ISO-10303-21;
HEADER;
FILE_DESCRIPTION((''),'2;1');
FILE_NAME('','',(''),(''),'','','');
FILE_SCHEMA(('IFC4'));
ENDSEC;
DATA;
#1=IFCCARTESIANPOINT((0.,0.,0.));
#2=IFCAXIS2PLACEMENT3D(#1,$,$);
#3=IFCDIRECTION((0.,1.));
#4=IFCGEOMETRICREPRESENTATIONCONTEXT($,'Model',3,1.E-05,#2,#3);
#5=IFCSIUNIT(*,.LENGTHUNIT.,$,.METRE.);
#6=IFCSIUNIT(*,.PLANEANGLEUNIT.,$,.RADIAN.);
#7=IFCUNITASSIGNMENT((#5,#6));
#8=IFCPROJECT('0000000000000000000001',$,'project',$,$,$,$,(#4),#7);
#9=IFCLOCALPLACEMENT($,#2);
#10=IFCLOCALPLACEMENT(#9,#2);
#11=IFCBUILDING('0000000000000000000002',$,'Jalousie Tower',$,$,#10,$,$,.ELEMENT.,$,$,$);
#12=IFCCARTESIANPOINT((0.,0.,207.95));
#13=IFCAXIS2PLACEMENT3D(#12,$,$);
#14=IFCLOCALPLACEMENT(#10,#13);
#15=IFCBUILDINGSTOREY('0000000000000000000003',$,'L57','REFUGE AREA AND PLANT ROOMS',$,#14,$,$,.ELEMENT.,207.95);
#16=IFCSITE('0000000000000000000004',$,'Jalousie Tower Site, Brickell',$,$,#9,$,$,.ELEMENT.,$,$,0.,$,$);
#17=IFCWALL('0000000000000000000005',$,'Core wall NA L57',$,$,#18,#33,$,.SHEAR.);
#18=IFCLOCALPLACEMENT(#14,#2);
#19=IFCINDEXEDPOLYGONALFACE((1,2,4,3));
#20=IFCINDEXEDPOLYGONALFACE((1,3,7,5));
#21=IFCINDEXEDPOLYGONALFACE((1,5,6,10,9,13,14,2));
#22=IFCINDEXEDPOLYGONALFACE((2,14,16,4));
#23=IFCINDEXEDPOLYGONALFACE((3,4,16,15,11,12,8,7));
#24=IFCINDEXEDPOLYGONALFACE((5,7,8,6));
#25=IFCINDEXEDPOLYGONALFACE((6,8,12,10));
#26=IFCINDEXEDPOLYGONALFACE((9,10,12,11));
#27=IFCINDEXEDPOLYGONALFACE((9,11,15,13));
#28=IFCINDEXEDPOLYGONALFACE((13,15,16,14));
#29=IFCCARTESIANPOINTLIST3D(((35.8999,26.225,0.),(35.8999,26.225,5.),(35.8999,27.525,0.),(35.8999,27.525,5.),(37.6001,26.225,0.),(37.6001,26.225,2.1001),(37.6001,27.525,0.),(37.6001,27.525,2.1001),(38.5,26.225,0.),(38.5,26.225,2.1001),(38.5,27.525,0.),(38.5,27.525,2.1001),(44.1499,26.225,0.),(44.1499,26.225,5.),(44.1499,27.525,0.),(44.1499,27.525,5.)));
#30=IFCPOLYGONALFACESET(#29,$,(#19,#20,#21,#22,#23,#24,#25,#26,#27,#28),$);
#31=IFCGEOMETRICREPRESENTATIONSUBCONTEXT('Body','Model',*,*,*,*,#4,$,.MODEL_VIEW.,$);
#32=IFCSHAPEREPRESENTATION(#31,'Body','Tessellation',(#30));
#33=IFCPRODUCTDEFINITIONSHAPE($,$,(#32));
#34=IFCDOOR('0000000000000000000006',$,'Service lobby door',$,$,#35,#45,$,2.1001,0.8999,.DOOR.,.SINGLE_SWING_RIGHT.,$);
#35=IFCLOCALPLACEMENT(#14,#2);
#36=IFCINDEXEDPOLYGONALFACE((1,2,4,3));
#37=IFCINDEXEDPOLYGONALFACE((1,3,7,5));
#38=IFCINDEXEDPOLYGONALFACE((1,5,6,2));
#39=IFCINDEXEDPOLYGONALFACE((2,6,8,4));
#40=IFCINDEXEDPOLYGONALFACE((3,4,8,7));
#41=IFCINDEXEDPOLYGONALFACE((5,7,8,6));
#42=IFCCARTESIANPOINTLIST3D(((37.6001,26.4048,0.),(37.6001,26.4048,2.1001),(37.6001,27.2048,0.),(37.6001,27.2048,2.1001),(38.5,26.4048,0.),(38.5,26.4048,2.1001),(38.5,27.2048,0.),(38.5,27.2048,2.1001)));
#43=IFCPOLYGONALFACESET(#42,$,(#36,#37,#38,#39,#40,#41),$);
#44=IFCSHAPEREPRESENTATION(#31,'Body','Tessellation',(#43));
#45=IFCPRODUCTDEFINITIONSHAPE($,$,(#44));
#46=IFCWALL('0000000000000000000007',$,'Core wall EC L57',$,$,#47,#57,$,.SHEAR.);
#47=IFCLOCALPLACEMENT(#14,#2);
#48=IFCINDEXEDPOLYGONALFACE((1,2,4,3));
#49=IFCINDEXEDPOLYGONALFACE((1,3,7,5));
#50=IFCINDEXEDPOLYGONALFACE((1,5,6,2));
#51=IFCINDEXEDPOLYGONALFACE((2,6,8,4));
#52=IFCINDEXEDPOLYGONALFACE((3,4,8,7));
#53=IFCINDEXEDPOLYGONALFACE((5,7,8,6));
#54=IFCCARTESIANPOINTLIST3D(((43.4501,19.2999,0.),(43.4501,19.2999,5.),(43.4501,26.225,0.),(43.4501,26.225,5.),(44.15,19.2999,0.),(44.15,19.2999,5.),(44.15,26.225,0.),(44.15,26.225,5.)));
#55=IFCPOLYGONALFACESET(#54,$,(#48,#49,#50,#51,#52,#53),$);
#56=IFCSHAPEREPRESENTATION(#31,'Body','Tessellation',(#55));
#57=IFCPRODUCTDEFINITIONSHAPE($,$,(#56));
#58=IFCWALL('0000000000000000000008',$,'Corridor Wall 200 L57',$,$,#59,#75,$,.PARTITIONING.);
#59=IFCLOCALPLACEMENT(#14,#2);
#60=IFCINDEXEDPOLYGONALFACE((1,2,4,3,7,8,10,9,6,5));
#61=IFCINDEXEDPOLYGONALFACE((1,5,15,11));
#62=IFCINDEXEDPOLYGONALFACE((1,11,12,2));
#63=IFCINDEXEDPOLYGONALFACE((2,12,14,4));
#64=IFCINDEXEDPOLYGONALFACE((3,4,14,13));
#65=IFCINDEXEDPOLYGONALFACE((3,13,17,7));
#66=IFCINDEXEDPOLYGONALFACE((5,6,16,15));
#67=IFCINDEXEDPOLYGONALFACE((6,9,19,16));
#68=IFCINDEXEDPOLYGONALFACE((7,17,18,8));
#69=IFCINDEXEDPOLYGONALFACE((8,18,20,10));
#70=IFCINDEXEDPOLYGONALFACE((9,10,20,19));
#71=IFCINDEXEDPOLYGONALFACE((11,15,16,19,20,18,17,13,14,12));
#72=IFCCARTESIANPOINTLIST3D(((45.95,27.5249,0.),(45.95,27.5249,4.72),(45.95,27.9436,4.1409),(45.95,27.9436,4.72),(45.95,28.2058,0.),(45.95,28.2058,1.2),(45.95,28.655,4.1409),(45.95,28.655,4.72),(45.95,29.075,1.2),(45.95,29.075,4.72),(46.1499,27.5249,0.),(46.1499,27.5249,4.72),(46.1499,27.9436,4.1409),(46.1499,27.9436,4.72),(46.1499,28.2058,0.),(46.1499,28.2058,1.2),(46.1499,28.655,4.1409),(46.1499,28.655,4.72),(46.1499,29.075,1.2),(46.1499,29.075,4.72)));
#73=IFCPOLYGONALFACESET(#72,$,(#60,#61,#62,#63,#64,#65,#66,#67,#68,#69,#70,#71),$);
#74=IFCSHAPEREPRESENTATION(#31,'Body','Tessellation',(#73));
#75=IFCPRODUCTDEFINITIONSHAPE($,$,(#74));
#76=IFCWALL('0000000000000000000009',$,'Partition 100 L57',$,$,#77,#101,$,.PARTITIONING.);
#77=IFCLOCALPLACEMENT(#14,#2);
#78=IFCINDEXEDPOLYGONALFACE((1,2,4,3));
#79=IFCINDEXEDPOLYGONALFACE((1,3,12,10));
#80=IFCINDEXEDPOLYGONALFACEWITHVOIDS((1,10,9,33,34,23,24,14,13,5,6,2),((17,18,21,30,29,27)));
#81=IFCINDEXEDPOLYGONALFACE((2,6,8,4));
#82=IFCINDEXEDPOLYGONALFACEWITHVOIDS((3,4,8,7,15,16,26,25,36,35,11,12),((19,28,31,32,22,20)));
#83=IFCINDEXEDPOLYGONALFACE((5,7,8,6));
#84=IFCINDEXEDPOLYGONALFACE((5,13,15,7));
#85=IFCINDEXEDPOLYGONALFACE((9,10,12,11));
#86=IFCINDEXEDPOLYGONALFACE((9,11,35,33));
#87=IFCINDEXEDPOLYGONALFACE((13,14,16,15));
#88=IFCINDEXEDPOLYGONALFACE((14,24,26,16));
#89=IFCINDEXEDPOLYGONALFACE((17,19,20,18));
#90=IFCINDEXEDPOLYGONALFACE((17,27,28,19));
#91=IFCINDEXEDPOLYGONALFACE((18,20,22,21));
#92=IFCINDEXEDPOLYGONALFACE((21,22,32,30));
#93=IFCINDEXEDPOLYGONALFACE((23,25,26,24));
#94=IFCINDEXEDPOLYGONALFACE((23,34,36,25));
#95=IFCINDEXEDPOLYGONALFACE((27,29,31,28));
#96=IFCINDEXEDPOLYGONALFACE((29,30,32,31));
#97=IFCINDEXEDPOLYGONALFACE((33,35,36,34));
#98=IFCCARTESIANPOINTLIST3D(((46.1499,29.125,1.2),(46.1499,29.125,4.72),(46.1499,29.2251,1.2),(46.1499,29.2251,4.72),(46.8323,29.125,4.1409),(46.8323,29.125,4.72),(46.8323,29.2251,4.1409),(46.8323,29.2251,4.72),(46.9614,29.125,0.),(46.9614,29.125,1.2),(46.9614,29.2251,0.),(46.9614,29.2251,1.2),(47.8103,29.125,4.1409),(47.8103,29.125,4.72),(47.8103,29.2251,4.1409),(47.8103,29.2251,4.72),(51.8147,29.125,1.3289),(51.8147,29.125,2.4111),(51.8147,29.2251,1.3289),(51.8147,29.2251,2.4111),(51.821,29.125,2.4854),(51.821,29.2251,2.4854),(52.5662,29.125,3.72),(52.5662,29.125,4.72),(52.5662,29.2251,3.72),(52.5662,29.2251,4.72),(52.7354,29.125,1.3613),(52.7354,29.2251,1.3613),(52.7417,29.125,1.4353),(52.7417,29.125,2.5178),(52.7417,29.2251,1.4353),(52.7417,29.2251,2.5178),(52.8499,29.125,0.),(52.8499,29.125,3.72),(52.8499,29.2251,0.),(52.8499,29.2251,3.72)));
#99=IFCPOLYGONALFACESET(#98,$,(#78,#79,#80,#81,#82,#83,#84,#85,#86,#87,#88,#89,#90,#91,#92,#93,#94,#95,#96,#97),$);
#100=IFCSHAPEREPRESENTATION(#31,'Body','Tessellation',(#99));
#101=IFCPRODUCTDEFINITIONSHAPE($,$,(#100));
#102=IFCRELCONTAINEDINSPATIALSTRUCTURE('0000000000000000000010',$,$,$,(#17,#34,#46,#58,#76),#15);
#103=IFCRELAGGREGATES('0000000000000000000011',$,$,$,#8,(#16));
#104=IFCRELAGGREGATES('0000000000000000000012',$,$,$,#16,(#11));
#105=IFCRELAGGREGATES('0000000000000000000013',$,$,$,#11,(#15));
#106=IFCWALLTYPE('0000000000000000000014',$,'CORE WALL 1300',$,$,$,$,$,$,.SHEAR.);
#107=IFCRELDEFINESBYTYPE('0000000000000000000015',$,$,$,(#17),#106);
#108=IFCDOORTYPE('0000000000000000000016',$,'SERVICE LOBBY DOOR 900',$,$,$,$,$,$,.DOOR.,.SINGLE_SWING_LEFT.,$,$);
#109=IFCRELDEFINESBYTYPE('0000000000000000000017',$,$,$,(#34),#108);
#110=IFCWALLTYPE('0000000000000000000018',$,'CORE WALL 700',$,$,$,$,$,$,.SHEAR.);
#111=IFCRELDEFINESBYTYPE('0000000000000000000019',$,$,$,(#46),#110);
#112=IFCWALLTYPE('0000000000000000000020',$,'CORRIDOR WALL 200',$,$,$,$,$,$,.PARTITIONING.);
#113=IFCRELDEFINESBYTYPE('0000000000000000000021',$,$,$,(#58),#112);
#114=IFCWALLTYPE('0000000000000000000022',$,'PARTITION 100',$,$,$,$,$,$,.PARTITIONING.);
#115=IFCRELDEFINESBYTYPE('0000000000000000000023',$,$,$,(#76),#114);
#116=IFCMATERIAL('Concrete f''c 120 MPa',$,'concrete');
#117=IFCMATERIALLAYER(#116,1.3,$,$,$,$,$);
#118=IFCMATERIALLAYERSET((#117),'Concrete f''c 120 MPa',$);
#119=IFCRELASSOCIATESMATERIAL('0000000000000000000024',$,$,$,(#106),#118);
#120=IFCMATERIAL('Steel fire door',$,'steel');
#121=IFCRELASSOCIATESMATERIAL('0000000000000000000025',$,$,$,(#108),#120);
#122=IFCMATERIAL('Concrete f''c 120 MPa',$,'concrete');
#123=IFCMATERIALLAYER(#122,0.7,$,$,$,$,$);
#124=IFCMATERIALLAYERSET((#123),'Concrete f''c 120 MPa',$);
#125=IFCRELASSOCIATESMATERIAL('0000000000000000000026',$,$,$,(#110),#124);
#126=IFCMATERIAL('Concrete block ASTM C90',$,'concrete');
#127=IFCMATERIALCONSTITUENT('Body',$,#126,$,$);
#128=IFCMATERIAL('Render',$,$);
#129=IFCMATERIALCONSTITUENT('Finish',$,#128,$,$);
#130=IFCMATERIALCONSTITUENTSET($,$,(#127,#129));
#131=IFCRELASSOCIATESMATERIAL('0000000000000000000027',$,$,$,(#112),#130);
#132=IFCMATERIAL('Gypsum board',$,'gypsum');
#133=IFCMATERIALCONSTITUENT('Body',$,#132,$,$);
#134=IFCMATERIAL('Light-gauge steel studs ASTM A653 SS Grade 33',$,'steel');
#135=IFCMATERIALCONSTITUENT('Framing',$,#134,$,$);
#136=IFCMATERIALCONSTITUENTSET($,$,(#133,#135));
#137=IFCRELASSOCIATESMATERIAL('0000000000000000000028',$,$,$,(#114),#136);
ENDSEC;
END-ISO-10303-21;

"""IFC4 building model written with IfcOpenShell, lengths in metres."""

from ifc_helpers import new_model, si_unit, direction, frame, frame_2d, origin, place, context, subcontext, project, spatial, polyline, rectangle, outline, extrude, material, layer, layer_set, constituent, constituent_set, type_object, element, fill, save


model = new_model("IFC4")

# Units and contexts
model_context = context("Model", 3, precision=1e-05, world=origin(), true_north=direction((0.0, 1.0)))
body_context = subcontext(model_context, "Body", "Model", "MODEL_VIEW")
ifc_project = project(units=[si_unit("LENGTHUNIT", "METRE"), si_unit("PLANEANGLEUNIT", "RADIAN")], contexts=[model_context])

# Site, building, storey
site_placement = place(None, origin())
site = spatial("IfcSite", under=ifc_project, at=site_placement, Name="Jalousie Tower Site, Brickell", CompositionType="ELEMENT", RefElevation=0.0)
building_placement = place(site_placement, origin())
building = spatial("IfcBuilding", under=site, at=building_placement, Name="Jalousie Tower", CompositionType="ELEMENT")
storey_placement = place(building_placement, frame((0.0, 0.0, 207.95)))
storey = spatial("IfcBuildingStorey", under=building, at=storey_placement, Name="L57", Description="REFUGE AREA AND PLANT ROOMS", CompositionType="ELEMENT", Elevation=207.95)

# Wall, opening, door
ifc_material_1 = material(Name="Concrete f'c 120 MPa", Category="concrete")
ifc_layer_1 = layer(ifc_material_1, 1.3)
ifc_layer_set_1 = layer_set([ifc_layer_1], Name="Concrete f'c 120 MPa")
wall_type_1 = type_object("IfcWallType", Name="CORE WALL 1300", PredefinedType="SHEAR", material=ifc_layer_set_1)
wall_1_placement = place(storey_placement, frame((44.1499, 26.875, 0.0), z_axis=(0.0, 0.0, 1.0), x_axis=(-1.0, 0.0, 0.0)))
wall_1 = element("IfcWall", 1, at=wall_1_placement, inside=storey, type_object=wall_type_1, Name="Core wall NA L57", PredefinedType="SHEAR", context=body_context, shape_type="SweptSolid", body=[
    extrude(rectangle(XDim=8.25, YDim=1.3, at=frame_2d((4.125, 0.0))), origin(), (0.0, 0.0, 1.0), 5.0),
])
opening_placement = place(wall_1_placement, frame((5.6499, 0.0, 0.0)))
opening = element("IfcOpeningElement", 2, at=opening_placement, cuts=wall_1, PredefinedType="OPENING", context=body_context, shape_type="SweptSolid", body=[
    extrude(rectangle(XDim=0.8999, YDim=2.1001, at=frame_2d((0.45, 1.05))), frame((0.0, 0.6599, 0.0), z_axis=(0.0, -1.0, 0.0), x_axis=(1.0, 0.0, 0.0)), (0.0, 0.0, 1.0), 1.3201),
])
ifc_material_2 = material(Name="Steel fire door", Category="steel")
door_type = type_object("IfcDoorType", Name="SERVICE LOBBY DOOR 900", OperationType="SINGLE_SWING_LEFT", PredefinedType="DOOR", material=ifc_material_2)
door_placement = place(opening_placement, origin())
door = element("IfcDoor", 3, at=door_placement, inside=storey, type_object=door_type, Name="Service lobby door", OperationType="SINGLE_SWING_RIGHT", OverallHeight=2.1001, OverallWidth=0.8999, PredefinedType="DOOR", context=body_context, shape_type="SweptSolid", body=[
    extrude(rectangle(XDim=0.8999, YDim=2.1001, at=frame_2d((0.45, 1.05))), frame((0.0, 0.4702, 0.0), z_axis=(0.0, -1.0, 0.0), x_axis=(1.0, 0.0, 0.0)), (0.0, 0.0, 1.0), 0.8),
])
fill(opening, door)

# Walls
ifc_material_3 = material(Name="Concrete f'c 120 MPa", Category="concrete")
ifc_layer_2 = layer(ifc_material_3, 0.7)
ifc_layer_set_2 = layer_set([ifc_layer_2], Name="Concrete f'c 120 MPa")
wall_type_2 = type_object("IfcWallType", Name="CORE WALL 700", PredefinedType="SHEAR", material=ifc_layer_set_2)
wall_2_placement = place(storey_placement, frame((43.8, 19.3, 0.0), z_axis=(0.0, 0.0, 1.0), x_axis=(0.0, 1.0, 0.0)))
element("IfcWall", 4, at=wall_2_placement, inside=storey, type_object=wall_type_2, Name="Core wall EC L57", PredefinedType="SHEAR", context=body_context, shape_type="SweptSolid", body=[
    extrude(rectangle(XDim=6.925, YDim=0.7, at=frame_2d((3.4624, 0.0))), origin(), (0.0, 0.0, 1.0), 5.0),
])
ifc_material_4 = material(Name="Concrete block ASTM C90", Category="concrete")
ifc_constituent_1 = constituent(ifc_material_4, Name="Body")
ifc_material_5 = material(Name="Render")
ifc_constituent_2 = constituent(ifc_material_5, Name="Finish")
ifc_constituent_set_1 = constituent_set(constituents=[ifc_constituent_1, ifc_constituent_2])
wall_type_3 = type_object("IfcWallType", Name="CORRIDOR WALL 200", PredefinedType="PARTITIONING", material=ifc_constituent_set_1)
wall_3_placement = place(storey_placement, frame((46.05, 27.5249, 0.0), z_axis=(0.0, 0.0, 1.0), x_axis=(0.0, 1.0, 0.0)))
element("IfcWall", 5, at=wall_3_placement, inside=storey, type_object=wall_type_3, Name="Corridor Wall 200 L57", PredefinedType="PARTITIONING", context=body_context, shape_type="SweptSolid", body=[
    extrude(outline(polyline([(1.55, 1.2), (1.55, 4.72), (1.1301, 4.72), (1.1301, 4.1409), (0.4187, 4.1409), (0.4187, 4.72), (0.0, 4.72), (0.0, 0.0), (0.6809, 0.0), (0.6809, 1.2), (1.55, 1.2)])), frame((0.0, 0.1001, 0.0), z_axis=(0.0, -1.0, 0.0), x_axis=(1.0, 0.0, 0.0)), (0.0, 0.0, 1.0), 0.2),
])
ifc_material_6 = material(Name="Gypsum board", Category="gypsum")
ifc_constituent_3 = constituent(ifc_material_6, Name="Body")
ifc_material_7 = material(Name="Light-gauge steel studs ASTM A653 SS Grade 33", Category="steel")
ifc_constituent_4 = constituent(ifc_material_7, Name="Framing")
ifc_constituent_set_2 = constituent_set(constituents=[ifc_constituent_3, ifc_constituent_4])
wall_type_4 = type_object("IfcWallType", Name="PARTITION 100", PredefinedType="PARTITIONING", material=ifc_constituent_set_2)
wall_4_placement = place(storey_placement, frame((46.1499, 29.175, 0.0), z_axis=(0.0, 0.0, 1.0), x_axis=(1.0, 0.0, 0.0)))
element("IfcWall", 6, at=wall_4_placement, inside=storey, type_object=wall_type_4, Name="Partition 100 L57", PredefinedType="PARTITIONING", context=body_context, shape_type="SweptSolid", body=[
    extrude(outline(polyline([(0.8115, 0.0), (6.7, 0.0), (6.7, 3.72), (6.4163, 3.72), (6.4163, 4.72), (1.6604, 4.72), (1.6604, 4.1409), (0.6824, 4.1409), (0.6824, 4.72), (0.0, 4.72), (0.0, 1.2), (0.8115, 1.2), (0.8115, 0.0)]), holes=[polyline([(5.6648, 1.3289), (5.6648, 2.4111), (5.6711, 2.4854), (6.5918, 2.5178), (6.5918, 1.4353), (6.5854, 1.3613), (5.6648, 1.3289)])]), frame((0.0, 0.05, 0.0), z_axis=(0.0, -1.0, 0.0), x_axis=(1.0, 0.0, 0.0)), (0.0, 0.0, 1.0), 0.1001),
])

save(model, "model.ifc")
